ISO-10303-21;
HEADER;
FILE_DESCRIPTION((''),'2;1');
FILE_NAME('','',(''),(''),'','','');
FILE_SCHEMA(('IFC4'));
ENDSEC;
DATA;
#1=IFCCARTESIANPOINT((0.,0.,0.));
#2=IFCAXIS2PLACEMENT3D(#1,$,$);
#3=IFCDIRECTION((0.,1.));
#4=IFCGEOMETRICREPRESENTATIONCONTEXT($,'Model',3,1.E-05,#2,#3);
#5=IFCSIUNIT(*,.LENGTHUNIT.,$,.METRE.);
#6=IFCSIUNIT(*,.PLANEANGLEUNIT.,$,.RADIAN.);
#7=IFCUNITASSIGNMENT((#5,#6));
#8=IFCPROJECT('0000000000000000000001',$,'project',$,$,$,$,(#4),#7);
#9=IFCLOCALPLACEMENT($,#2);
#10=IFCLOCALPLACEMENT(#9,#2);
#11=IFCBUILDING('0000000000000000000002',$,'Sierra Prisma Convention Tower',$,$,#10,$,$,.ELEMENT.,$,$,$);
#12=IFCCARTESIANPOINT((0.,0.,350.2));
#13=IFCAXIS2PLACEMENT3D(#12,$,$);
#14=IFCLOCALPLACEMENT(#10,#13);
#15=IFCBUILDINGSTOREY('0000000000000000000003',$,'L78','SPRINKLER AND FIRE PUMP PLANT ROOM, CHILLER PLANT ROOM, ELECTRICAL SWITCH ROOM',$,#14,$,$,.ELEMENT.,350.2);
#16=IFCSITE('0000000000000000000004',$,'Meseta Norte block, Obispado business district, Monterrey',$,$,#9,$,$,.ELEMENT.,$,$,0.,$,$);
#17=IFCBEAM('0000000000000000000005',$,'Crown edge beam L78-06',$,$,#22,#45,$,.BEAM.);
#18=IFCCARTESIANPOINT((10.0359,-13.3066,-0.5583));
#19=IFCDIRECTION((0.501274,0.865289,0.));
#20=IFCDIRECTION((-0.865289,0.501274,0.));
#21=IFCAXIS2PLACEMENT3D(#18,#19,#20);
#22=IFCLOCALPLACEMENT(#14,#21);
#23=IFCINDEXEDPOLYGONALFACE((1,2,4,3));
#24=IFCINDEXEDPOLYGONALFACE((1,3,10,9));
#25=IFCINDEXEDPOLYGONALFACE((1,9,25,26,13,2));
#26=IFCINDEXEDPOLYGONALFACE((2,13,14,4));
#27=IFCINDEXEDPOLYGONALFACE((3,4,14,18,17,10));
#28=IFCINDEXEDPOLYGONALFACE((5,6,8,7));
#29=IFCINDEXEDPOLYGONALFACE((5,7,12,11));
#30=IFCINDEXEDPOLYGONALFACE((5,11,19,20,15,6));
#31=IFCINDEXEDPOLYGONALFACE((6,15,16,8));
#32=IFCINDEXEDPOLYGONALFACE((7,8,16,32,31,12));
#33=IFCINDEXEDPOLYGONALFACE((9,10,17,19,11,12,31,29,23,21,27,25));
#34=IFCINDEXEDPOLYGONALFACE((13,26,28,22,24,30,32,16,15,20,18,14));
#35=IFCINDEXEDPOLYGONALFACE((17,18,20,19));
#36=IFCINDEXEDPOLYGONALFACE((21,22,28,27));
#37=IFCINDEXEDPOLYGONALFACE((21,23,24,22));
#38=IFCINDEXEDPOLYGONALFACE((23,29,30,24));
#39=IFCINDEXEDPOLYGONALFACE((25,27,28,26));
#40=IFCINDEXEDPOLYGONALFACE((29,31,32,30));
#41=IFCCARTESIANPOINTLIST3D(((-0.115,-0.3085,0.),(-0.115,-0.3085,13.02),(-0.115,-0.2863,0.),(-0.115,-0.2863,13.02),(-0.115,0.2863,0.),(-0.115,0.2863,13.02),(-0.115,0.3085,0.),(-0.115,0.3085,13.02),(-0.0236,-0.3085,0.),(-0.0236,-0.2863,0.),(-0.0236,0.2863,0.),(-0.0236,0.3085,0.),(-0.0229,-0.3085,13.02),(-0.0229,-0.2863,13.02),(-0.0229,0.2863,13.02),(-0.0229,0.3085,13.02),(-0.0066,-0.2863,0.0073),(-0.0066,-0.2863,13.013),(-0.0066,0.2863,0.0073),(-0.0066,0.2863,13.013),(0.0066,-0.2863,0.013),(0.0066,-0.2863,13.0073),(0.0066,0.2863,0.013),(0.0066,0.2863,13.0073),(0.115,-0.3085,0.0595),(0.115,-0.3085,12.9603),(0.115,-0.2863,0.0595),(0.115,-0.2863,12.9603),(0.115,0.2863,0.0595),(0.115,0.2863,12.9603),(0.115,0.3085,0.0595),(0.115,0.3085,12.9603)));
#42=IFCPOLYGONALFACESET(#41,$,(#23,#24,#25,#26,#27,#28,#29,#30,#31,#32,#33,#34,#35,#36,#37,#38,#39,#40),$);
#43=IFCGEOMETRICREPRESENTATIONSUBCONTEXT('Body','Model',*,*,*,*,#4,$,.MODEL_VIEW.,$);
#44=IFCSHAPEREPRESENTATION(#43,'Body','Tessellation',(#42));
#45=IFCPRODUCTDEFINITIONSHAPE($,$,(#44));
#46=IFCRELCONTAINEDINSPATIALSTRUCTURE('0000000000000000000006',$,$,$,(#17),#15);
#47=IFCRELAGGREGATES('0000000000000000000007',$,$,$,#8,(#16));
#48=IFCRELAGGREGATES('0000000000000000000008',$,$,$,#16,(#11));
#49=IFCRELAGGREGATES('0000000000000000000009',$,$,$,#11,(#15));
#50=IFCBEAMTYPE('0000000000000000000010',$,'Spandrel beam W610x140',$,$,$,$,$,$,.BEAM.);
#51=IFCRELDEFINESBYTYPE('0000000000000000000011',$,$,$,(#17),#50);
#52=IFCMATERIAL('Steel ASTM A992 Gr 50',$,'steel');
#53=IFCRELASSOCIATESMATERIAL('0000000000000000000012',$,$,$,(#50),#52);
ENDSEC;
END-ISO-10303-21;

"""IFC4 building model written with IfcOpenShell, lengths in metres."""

from ifc_helpers import new_model, si_unit, direction, frame, origin, origin_2d, place, context, subcontext, project, spatial, i_section, extrude, clip, halfspace, material, material_profile, profile_set, type_object, element, save


model = new_model("IFC4")

# Units and contexts
model_context = context("Model", 3, precision=1e-05, world=origin(), true_north=direction((0.0, 1.0)))
body_context = subcontext(model_context, "Body", "Model", "MODEL_VIEW")
ifc_project = project(units=[si_unit("LENGTHUNIT", "METRE"), si_unit("PLANEANGLEUNIT", "RADIAN")], contexts=[model_context])

# Site, building, storey
site_placement = place(None, origin())
site = spatial("IfcSite", under=ifc_project, at=site_placement, Name="Meseta Norte block, Obispado business district, Monterrey", CompositionType="ELEMENT", RefElevation=0.0)
building_placement = place(site_placement, origin())
building = spatial("IfcBuilding", under=site, at=building_placement, Name="Sierra Prisma Convention Tower", CompositionType="ELEMENT")
storey_placement = place(building_placement, frame((0.0, 0.0, 350.2)))
storey = spatial("IfcBuildingStorey", under=building, at=storey_placement, Name="L78", Description="SPRINKLER AND FIRE PUMP PLANT ROOM, CHILLER PLANT ROOM, ELECTRICAL SWITCH ROOM", CompositionType="ELEMENT", Elevation=350.2)

# Beam
ifc_material_1 = material(Name="Steel ASTM A992 Gr 50", Category="steel")
ifc_material_profile_1 = material_profile(ifc_material_1, i_section(OverallWidth=0.23, OverallDepth=0.6169, WebThickness=0.0132, FlangeThickness=0.0222, at=origin_2d()), Name="W610x140")
ifc_profile_set_1 = profile_set([ifc_material_profile_1], Name="Steel ASTM A992 Gr 50")
beam_type_1 = type_object("IfcBeamType", Name="Spandrel beam W610x140", PredefinedType="BEAM", material=ifc_profile_set_1)
beam_1_placement = place(storey_placement, frame((10.0359, -13.3066, -0.5583), z_axis=(0.501274, 0.865289, 0.0), x_axis=(-0.865289, 0.501274, 0.0)))
element("IfcBeam", 1, at=beam_1_placement, inside=storey, type_object=beam_type_1, Name="Crown edge beam L78-06", PredefinedType="BEAM", context=body_context, shape_type="SweptSolid", body=[
    clip(clip(extrude(i_section(OverallWidth=0.23, OverallDepth=0.6169, WebThickness=0.0132, FlangeThickness=0.0222, at=origin_2d()), origin(), (0.0, 0.0, 1.0), 13.02), halfspace(frame((-0.0452, 0.0, -0.0093), z_axis=(-0.394778, 0.0, 0.918776), x_axis=(0.918776, 0.0, 0.394778)), True)), halfspace(frame((-0.0454, 0.0, 13.0298), z_axis=(-0.39748, 0.0, -0.917611), x_axis=(0.917611, 0.0, -0.39748)), True)),
])

save(model, "model.ifc")
